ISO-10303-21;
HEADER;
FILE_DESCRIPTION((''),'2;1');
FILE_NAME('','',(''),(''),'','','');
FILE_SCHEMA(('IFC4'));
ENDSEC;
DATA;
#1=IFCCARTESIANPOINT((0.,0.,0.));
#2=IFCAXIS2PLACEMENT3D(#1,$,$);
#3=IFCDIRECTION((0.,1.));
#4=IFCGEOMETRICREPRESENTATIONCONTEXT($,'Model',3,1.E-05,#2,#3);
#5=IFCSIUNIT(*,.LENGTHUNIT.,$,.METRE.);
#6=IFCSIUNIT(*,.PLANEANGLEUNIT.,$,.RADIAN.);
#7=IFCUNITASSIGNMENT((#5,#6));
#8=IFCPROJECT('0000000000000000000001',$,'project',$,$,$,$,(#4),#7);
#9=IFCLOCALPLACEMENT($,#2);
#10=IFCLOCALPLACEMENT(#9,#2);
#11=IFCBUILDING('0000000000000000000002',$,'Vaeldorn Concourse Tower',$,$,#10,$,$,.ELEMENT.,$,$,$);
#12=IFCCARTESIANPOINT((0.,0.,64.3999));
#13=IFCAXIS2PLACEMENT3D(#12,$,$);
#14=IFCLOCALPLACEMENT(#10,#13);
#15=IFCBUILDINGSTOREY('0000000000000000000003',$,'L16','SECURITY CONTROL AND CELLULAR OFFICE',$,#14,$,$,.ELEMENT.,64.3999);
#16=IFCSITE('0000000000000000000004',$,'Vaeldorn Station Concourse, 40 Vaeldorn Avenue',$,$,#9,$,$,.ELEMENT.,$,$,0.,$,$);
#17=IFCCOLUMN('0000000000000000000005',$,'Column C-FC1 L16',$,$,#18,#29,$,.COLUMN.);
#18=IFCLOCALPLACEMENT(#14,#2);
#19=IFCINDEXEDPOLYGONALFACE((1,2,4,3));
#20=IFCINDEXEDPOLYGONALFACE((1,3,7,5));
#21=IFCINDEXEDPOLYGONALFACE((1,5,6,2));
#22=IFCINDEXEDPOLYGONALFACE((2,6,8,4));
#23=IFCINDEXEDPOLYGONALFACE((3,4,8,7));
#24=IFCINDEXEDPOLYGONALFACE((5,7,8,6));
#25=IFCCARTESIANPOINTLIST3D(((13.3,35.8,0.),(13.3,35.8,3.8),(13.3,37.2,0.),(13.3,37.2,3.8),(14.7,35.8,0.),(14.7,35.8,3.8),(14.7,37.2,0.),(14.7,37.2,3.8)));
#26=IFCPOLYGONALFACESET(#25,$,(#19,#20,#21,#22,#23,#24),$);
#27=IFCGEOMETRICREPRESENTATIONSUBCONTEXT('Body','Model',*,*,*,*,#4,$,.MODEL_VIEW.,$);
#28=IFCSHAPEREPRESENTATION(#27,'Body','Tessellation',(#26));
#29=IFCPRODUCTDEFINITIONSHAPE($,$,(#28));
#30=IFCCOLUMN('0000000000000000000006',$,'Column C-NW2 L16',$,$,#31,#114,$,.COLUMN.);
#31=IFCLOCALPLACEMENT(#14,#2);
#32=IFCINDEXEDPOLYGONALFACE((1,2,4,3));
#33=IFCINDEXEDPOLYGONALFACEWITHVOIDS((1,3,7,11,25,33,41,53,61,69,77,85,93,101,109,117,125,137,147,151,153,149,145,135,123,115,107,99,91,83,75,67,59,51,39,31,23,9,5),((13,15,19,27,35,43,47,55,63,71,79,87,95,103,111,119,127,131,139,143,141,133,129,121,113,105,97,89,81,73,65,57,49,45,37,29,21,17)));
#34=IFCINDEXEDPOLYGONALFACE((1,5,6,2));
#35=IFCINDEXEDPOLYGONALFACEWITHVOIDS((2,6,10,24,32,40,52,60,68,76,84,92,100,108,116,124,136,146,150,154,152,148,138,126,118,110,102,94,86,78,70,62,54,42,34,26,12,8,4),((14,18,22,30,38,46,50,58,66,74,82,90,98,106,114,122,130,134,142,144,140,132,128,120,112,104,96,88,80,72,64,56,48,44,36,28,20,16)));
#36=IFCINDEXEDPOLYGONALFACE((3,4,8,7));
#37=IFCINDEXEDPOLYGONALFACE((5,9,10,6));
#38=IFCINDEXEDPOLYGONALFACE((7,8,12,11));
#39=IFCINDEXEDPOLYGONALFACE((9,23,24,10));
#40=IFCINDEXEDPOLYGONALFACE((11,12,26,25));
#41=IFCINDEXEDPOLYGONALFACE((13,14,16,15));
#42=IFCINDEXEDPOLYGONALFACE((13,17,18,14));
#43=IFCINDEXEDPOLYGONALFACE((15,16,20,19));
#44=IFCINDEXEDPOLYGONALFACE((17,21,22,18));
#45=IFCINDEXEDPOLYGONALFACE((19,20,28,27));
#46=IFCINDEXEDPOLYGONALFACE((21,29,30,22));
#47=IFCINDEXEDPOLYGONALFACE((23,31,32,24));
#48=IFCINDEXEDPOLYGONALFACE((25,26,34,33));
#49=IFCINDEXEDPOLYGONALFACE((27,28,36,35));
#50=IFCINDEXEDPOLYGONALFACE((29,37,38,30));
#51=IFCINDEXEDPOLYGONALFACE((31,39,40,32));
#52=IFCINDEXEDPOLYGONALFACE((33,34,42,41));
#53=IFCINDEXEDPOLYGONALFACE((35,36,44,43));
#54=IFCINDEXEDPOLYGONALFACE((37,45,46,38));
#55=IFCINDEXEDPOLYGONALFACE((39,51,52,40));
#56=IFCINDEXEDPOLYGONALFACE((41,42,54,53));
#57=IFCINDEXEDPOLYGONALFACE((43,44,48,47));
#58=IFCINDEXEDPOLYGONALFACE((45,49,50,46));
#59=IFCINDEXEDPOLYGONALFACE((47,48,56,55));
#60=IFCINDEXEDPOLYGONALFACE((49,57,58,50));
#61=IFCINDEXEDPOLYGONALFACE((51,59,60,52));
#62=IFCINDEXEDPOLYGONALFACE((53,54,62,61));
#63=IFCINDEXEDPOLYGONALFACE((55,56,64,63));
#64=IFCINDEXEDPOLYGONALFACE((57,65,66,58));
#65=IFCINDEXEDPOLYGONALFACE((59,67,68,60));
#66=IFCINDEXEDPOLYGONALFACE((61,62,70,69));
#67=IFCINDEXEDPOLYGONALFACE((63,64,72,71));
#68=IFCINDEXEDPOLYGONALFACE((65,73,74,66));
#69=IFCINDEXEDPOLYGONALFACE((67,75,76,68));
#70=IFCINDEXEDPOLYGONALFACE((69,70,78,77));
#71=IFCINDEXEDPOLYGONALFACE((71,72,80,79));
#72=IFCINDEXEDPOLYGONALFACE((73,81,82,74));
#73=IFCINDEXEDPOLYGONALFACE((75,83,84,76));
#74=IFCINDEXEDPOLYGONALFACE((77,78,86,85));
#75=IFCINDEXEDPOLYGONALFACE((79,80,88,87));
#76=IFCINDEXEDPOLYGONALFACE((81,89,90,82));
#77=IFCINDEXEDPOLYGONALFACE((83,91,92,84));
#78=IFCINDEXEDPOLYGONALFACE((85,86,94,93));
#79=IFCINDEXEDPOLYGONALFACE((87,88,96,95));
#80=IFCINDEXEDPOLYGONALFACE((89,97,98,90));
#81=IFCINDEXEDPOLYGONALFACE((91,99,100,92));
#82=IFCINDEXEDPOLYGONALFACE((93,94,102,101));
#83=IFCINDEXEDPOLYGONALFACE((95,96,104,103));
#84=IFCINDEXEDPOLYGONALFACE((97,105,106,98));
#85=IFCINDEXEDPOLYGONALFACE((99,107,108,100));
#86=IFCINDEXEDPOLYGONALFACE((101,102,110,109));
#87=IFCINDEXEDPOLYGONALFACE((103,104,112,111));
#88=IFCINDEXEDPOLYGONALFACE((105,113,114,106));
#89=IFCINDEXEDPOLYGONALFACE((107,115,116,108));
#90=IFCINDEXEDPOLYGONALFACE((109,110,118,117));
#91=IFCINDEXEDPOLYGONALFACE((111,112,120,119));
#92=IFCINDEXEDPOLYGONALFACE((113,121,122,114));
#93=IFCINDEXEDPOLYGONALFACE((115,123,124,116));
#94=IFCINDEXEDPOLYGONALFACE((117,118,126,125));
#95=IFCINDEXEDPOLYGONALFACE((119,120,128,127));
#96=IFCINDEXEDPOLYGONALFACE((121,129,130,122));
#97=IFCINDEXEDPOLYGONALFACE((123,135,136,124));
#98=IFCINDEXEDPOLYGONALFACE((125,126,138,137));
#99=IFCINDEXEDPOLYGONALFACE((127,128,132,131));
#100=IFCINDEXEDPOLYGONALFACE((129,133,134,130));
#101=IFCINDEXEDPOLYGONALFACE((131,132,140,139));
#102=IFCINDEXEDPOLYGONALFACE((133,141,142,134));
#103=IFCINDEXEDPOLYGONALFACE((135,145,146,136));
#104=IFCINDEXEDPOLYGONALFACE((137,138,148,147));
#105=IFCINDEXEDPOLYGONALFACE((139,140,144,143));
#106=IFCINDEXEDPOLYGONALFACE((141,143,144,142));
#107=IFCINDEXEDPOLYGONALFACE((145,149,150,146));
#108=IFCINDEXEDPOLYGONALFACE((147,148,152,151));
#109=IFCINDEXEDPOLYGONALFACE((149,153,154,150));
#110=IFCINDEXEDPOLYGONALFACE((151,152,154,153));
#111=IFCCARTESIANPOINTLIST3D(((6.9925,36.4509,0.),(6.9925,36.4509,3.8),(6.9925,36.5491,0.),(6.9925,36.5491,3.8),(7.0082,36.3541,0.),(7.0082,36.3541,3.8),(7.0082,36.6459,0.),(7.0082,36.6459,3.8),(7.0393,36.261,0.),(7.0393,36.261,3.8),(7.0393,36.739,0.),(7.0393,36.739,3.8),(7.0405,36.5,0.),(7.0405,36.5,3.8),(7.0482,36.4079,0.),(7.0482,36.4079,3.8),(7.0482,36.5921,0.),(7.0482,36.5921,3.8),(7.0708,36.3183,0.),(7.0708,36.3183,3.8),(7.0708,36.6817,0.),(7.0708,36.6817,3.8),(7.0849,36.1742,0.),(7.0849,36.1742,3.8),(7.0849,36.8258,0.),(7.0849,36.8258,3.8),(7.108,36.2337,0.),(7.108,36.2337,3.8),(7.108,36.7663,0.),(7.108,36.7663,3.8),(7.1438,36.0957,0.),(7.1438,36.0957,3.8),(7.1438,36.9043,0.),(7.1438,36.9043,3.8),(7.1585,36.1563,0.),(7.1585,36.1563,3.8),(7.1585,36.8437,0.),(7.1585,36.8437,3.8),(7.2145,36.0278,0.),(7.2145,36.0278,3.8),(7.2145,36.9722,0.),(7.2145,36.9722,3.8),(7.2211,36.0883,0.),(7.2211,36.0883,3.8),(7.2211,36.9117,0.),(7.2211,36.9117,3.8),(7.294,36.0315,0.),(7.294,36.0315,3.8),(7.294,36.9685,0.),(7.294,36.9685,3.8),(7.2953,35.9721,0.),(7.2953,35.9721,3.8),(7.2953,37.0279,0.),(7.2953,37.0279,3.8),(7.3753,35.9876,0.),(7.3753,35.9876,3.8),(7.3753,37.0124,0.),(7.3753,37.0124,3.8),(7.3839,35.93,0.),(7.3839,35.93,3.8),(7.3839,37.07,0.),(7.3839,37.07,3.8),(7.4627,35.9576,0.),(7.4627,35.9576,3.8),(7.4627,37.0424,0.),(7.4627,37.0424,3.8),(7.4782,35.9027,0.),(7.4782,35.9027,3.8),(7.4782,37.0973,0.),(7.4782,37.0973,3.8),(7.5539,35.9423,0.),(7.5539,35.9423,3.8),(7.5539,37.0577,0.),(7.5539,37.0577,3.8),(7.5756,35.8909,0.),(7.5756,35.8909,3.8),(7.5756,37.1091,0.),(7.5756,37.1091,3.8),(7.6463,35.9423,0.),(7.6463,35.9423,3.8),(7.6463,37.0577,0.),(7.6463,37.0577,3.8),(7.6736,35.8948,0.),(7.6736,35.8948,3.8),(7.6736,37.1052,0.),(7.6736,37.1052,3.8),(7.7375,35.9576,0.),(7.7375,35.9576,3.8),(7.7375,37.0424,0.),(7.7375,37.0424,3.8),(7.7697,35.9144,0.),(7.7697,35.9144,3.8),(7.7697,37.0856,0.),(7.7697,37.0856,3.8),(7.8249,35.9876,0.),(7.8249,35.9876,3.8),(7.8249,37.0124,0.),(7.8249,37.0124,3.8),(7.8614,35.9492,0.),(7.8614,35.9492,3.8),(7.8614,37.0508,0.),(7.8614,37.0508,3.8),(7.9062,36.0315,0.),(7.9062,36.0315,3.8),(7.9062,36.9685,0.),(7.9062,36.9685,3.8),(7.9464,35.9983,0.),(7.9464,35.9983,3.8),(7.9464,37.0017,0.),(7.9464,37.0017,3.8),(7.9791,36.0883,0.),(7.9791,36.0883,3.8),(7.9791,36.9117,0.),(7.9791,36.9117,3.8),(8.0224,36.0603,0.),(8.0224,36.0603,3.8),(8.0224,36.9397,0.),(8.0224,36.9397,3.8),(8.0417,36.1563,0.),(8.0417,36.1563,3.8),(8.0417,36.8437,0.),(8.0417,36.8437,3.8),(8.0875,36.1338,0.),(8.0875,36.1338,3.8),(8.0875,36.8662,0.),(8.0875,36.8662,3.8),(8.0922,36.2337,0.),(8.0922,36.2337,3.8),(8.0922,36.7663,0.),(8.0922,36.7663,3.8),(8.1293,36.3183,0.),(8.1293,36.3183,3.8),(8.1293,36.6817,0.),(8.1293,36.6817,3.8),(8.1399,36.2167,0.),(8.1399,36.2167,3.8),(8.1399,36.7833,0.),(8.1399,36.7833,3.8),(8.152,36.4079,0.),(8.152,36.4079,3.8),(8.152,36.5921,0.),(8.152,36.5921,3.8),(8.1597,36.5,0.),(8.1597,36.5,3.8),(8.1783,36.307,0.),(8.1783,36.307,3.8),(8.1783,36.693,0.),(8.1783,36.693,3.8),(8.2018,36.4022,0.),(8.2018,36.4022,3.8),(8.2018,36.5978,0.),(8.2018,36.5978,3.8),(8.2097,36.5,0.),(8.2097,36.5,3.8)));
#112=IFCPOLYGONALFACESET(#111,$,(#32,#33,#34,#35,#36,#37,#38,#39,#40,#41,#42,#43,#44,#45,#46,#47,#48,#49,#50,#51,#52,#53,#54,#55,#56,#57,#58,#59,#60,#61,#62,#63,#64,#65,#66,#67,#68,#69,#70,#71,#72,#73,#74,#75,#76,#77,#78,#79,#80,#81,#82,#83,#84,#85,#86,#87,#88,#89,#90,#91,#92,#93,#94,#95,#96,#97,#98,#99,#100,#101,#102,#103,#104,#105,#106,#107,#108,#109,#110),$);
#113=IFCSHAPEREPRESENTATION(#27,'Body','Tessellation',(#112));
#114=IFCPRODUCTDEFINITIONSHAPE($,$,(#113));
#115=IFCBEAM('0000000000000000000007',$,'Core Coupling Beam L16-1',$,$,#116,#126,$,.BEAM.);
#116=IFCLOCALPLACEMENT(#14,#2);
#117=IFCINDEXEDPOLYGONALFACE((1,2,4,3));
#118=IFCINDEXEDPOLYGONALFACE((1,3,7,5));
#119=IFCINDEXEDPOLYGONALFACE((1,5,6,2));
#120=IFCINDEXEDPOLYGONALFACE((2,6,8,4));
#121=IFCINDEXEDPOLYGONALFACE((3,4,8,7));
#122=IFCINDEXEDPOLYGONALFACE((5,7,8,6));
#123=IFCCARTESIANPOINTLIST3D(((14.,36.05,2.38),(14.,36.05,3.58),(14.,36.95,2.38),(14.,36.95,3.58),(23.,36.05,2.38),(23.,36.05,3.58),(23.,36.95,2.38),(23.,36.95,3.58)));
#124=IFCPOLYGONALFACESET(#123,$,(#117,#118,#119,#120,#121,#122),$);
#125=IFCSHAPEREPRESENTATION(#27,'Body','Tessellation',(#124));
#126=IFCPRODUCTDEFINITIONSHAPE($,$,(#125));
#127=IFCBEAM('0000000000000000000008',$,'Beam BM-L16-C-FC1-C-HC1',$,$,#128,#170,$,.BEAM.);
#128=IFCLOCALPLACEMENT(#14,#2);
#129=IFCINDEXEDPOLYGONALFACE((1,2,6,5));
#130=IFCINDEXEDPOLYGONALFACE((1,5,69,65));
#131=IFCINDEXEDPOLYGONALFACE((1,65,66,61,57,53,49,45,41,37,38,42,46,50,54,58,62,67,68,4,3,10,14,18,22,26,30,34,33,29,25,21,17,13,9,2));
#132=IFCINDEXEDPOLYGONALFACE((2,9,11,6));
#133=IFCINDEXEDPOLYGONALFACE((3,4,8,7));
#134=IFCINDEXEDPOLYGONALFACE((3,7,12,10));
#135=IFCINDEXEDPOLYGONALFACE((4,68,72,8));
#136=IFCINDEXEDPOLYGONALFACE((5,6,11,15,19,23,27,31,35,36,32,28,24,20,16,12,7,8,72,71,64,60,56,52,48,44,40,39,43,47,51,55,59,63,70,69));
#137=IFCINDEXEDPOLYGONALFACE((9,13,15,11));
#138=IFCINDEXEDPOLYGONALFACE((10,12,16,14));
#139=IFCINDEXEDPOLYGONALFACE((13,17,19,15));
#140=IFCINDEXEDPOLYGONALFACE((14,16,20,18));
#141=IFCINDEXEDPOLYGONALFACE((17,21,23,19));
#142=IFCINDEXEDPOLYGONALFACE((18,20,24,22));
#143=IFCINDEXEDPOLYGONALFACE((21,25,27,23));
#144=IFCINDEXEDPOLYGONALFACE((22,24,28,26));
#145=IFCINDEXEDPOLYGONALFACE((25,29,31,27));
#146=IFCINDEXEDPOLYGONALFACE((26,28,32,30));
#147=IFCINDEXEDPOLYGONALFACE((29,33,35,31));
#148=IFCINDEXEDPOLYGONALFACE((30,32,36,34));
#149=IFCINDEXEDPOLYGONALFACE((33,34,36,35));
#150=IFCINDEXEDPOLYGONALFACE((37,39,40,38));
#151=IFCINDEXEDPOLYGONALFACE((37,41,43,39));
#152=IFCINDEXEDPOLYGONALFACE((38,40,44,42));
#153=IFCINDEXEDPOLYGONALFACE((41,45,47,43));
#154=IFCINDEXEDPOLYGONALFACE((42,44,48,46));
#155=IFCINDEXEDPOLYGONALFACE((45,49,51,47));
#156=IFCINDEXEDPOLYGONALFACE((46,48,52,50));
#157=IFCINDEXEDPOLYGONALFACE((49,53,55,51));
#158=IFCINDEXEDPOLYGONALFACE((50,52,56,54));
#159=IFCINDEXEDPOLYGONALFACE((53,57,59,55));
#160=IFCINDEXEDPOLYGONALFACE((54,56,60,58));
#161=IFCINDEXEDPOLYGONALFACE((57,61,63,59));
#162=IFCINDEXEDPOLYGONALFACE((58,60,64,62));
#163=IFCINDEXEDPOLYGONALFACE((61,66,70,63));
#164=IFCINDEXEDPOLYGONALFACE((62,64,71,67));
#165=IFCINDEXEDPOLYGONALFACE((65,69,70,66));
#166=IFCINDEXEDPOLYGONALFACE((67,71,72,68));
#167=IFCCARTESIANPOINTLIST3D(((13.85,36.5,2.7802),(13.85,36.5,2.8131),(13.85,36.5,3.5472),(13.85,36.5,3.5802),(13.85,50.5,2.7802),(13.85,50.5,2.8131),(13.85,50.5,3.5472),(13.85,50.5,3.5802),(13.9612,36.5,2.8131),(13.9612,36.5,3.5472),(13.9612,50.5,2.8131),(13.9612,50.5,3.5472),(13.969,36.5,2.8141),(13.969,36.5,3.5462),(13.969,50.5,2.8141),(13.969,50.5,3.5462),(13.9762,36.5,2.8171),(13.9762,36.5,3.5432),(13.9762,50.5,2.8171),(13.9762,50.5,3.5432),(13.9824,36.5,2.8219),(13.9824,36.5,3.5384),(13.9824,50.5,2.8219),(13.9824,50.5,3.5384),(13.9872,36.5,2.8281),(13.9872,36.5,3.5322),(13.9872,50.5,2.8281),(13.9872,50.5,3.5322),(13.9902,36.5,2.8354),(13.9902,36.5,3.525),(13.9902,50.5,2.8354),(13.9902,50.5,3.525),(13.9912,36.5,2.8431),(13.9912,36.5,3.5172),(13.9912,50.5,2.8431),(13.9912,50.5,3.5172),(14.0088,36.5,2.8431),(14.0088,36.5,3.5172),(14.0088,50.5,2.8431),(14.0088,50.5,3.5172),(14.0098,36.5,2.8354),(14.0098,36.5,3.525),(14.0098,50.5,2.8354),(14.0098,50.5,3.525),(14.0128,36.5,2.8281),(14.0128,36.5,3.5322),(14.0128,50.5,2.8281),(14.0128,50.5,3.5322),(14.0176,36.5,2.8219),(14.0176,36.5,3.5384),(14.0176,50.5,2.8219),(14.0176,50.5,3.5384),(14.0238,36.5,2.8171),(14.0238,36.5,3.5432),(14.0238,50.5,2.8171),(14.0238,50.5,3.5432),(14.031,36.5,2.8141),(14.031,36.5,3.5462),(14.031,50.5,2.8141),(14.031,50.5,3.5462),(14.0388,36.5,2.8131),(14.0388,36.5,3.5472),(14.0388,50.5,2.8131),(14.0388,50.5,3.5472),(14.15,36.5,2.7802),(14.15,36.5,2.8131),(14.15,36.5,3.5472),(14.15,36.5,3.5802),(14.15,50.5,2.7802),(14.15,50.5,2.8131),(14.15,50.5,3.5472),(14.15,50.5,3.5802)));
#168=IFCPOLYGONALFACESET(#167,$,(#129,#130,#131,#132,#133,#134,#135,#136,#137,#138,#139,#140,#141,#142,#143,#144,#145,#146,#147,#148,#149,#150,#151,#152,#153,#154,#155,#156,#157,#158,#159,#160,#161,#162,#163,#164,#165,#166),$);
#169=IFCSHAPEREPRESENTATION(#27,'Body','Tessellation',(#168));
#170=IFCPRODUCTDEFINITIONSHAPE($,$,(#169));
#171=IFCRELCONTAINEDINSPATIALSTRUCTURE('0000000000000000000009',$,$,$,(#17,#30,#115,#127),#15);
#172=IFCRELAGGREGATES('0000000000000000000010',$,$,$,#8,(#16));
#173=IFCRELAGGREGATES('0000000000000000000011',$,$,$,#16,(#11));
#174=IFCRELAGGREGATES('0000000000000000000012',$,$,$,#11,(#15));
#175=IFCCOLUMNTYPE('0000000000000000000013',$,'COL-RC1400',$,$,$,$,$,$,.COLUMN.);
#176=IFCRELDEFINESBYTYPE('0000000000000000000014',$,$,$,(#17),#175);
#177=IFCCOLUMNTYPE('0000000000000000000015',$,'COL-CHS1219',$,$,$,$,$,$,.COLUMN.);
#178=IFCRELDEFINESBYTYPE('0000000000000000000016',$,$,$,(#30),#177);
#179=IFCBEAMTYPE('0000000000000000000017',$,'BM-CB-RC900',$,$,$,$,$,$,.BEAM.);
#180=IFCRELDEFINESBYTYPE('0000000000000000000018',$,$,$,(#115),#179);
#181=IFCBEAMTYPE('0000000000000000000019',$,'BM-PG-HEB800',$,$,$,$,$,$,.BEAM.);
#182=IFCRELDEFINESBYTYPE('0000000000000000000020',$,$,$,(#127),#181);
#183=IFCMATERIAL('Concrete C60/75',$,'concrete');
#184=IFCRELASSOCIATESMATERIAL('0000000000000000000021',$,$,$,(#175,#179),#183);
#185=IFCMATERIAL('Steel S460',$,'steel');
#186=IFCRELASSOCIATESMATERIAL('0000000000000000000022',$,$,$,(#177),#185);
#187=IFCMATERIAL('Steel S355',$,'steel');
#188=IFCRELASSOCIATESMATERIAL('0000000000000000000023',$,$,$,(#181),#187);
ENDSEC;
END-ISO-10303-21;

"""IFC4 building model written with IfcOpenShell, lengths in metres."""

from ifc_helpers import new_model, si_unit, direction, frame, origin, origin_2d, place, context, subcontext, project, spatial, rectangle, hollow_circle, i_section, extrude, source, transform, mapped, material, material_profile, profile_set, type_object, element, save


model = new_model("IFC4")

# Units and contexts
model_context = context("Model", 3, precision=1e-05, world=origin(), true_north=direction((0.0, 1.0)))
body_context = subcontext(model_context, "Body", "Model", "MODEL_VIEW")
ifc_project = project(units=[si_unit("LENGTHUNIT", "METRE"), si_unit("PLANEANGLEUNIT", "RADIAN")], contexts=[model_context])

# Site, building, storey
site_placement = place(None, origin())
site = spatial("IfcSite", under=ifc_project, at=site_placement, Name="Vaeldorn Station Concourse, 40 Vaeldorn Avenue", CompositionType="ELEMENT", RefElevation=0.0)
building_placement = place(site_placement, origin())
building = spatial("IfcBuilding", under=site, at=building_placement, Name="Vaeldorn Concourse Tower", CompositionType="ELEMENT")
storey_placement = place(building_placement, frame((0.0, 0.0, 64.3999)))
storey = spatial("IfcBuildingStorey", under=building, at=storey_placement, Name="L16", Description="SECURITY CONTROL AND CELLULAR OFFICE", CompositionType="ELEMENT", Elevation=64.3999)

# Columns
ifc_material_1 = material(Name="Concrete C60/75", Category="concrete")
ifc_material_profile_1 = material_profile(ifc_material_1, rectangle(XDim=1.3999, YDim=1.3999, at=origin_2d()), Name="RC 1400x1400")
ifc_profile_set_1 = profile_set([ifc_material_profile_1], Name="Concrete C60/75")
column_type_1 = type_object("IfcColumnType", Name="COL-RC1400", PredefinedType="COLUMN", material=ifc_profile_set_1)
shared_shape_1 = source(origin(), body_context, "Body", "SweptSolid", [
    extrude(rectangle(XDim=1.3999, YDim=1.3999, at=origin_2d()), origin(), (0.0, 0.0, 1.0), 3.8),
])
column_1_placement = place(storey_placement, frame((14.0, 36.5, 0.0), z_axis=(0.0, 0.0, 1.0), x_axis=(1.0, 0.0, 0.0)))
element("IfcColumn", 1, at=column_1_placement, inside=storey, type_object=column_type_1, Name="Column C-FC1 L16", PredefinedType="COLUMN", context=body_context, shape_type="MappedRepresentation", body=[
    mapped(shared_shape_1, transform((0.0, 0.0, 0.0), scale=1.0)),
])
ifc_material_2 = material(Name="Steel S460", Category="steel")
ifc_material_profile_2 = material_profile(ifc_material_2, hollow_circle(Radius=0.6096, WallThickness=0.05, at=origin_2d()), Name="CHS 1219x50")
ifc_profile_set_2 = profile_set([ifc_material_profile_2], Name="Steel S460")
column_type_2 = type_object("IfcColumnType", Name="COL-CHS1219", PredefinedType="COLUMN", material=ifc_profile_set_2)
shared_shape_2 = source(origin(), body_context, "Body", "SweptSolid", [
    extrude(hollow_circle(Radius=0.6096, WallThickness=0.05, at=origin_2d()), origin(), (0.0, 0.0, 1.0), 3.8),
])
column_2_placement = place(storey_placement, frame((7.6001, 36.5, 0.0), z_axis=(0.0, 0.0, 1.0), x_axis=(1.0, 0.0, 0.0)))
element("IfcColumn", 2, at=column_2_placement, inside=storey, type_object=column_type_2, Name="Column C-NW2 L16", PredefinedType="COLUMN", context=body_context, shape_type="MappedRepresentation", body=[
    mapped(shared_shape_2, transform((0.0, 0.0, 0.0), scale=1.0)),
])

# Beams
ifc_material_profile_3 = material_profile(ifc_material_1, rectangle(XDim=0.8999, YDim=1.2, at=origin_2d()), Name="RC 900x1200")
ifc_profile_set_3 = profile_set([ifc_material_profile_3], Name="Concrete C60/75")
beam_type_1 = type_object("IfcBeamType", Name="BM-CB-RC900", PredefinedType="BEAM", material=ifc_profile_set_3)
shared_shape_3 = source(origin(), body_context, "Body", "SweptSolid", [
    extrude(rectangle(XDim=0.8999, YDim=1.2, at=origin_2d()), origin(), (0.0, 0.0, 1.0), 9.0),
])
beam_1_placement = place(storey_placement, frame((14.0, 36.5, 2.98), z_axis=(1.0, 0.0, 0.0), x_axis=(0.0, 1.0, 0.0)))
element("IfcBeam", 3, at=beam_1_placement, inside=storey, type_object=beam_type_1, Name="Core Coupling Beam L16-1", PredefinedType="BEAM", context=body_context, shape_type="MappedRepresentation", body=[
    mapped(shared_shape_3, transform((0.0, 0.0, 0.0), scale=1.0)),
])
ifc_material_3 = material(Name="Steel S355", Category="steel")
ifc_material_profile_4 = material_profile(ifc_material_3, i_section(OverallWidth=0.3, OverallDepth=0.8, WebThickness=0.0176, FlangeThickness=0.033, FilletRadius=0.03, at=origin_2d()), Name="HEB 800")
ifc_profile_set_4 = profile_set([ifc_material_profile_4], Name="Steel S355")
beam_type_2 = type_object("IfcBeamType", Name="BM-PG-HEB800", PredefinedType="BEAM", material=ifc_profile_set_4)
shared_shape_4 = source(origin(), body_context, "Body", "SweptSolid", [
    extrude(i_section(OverallWidth=0.3, OverallDepth=0.8, WebThickness=0.0176, FlangeThickness=0.033, FilletRadius=0.03, at=origin_2d()), origin(), (0.0, 0.0, 1.0), 14.0),
])
beam_2_placement = place(storey_placement, frame((14.0, 36.5, 3.1802), z_axis=(0.0, 1.0, 0.0), x_axis=(-1.0, 0.0, 0.0)))
element("IfcBeam", 4, at=beam_2_placement, inside=storey, type_object=beam_type_2, Name="Beam BM-L16-C-FC1-C-HC1", PredefinedType="BEAM", context=body_context, shape_type="MappedRepresentation", body=[
    mapped(shared_shape_4, transform((0.0, 0.0, 0.0), scale=1.0)),
])

save(model, "model.ifc")
